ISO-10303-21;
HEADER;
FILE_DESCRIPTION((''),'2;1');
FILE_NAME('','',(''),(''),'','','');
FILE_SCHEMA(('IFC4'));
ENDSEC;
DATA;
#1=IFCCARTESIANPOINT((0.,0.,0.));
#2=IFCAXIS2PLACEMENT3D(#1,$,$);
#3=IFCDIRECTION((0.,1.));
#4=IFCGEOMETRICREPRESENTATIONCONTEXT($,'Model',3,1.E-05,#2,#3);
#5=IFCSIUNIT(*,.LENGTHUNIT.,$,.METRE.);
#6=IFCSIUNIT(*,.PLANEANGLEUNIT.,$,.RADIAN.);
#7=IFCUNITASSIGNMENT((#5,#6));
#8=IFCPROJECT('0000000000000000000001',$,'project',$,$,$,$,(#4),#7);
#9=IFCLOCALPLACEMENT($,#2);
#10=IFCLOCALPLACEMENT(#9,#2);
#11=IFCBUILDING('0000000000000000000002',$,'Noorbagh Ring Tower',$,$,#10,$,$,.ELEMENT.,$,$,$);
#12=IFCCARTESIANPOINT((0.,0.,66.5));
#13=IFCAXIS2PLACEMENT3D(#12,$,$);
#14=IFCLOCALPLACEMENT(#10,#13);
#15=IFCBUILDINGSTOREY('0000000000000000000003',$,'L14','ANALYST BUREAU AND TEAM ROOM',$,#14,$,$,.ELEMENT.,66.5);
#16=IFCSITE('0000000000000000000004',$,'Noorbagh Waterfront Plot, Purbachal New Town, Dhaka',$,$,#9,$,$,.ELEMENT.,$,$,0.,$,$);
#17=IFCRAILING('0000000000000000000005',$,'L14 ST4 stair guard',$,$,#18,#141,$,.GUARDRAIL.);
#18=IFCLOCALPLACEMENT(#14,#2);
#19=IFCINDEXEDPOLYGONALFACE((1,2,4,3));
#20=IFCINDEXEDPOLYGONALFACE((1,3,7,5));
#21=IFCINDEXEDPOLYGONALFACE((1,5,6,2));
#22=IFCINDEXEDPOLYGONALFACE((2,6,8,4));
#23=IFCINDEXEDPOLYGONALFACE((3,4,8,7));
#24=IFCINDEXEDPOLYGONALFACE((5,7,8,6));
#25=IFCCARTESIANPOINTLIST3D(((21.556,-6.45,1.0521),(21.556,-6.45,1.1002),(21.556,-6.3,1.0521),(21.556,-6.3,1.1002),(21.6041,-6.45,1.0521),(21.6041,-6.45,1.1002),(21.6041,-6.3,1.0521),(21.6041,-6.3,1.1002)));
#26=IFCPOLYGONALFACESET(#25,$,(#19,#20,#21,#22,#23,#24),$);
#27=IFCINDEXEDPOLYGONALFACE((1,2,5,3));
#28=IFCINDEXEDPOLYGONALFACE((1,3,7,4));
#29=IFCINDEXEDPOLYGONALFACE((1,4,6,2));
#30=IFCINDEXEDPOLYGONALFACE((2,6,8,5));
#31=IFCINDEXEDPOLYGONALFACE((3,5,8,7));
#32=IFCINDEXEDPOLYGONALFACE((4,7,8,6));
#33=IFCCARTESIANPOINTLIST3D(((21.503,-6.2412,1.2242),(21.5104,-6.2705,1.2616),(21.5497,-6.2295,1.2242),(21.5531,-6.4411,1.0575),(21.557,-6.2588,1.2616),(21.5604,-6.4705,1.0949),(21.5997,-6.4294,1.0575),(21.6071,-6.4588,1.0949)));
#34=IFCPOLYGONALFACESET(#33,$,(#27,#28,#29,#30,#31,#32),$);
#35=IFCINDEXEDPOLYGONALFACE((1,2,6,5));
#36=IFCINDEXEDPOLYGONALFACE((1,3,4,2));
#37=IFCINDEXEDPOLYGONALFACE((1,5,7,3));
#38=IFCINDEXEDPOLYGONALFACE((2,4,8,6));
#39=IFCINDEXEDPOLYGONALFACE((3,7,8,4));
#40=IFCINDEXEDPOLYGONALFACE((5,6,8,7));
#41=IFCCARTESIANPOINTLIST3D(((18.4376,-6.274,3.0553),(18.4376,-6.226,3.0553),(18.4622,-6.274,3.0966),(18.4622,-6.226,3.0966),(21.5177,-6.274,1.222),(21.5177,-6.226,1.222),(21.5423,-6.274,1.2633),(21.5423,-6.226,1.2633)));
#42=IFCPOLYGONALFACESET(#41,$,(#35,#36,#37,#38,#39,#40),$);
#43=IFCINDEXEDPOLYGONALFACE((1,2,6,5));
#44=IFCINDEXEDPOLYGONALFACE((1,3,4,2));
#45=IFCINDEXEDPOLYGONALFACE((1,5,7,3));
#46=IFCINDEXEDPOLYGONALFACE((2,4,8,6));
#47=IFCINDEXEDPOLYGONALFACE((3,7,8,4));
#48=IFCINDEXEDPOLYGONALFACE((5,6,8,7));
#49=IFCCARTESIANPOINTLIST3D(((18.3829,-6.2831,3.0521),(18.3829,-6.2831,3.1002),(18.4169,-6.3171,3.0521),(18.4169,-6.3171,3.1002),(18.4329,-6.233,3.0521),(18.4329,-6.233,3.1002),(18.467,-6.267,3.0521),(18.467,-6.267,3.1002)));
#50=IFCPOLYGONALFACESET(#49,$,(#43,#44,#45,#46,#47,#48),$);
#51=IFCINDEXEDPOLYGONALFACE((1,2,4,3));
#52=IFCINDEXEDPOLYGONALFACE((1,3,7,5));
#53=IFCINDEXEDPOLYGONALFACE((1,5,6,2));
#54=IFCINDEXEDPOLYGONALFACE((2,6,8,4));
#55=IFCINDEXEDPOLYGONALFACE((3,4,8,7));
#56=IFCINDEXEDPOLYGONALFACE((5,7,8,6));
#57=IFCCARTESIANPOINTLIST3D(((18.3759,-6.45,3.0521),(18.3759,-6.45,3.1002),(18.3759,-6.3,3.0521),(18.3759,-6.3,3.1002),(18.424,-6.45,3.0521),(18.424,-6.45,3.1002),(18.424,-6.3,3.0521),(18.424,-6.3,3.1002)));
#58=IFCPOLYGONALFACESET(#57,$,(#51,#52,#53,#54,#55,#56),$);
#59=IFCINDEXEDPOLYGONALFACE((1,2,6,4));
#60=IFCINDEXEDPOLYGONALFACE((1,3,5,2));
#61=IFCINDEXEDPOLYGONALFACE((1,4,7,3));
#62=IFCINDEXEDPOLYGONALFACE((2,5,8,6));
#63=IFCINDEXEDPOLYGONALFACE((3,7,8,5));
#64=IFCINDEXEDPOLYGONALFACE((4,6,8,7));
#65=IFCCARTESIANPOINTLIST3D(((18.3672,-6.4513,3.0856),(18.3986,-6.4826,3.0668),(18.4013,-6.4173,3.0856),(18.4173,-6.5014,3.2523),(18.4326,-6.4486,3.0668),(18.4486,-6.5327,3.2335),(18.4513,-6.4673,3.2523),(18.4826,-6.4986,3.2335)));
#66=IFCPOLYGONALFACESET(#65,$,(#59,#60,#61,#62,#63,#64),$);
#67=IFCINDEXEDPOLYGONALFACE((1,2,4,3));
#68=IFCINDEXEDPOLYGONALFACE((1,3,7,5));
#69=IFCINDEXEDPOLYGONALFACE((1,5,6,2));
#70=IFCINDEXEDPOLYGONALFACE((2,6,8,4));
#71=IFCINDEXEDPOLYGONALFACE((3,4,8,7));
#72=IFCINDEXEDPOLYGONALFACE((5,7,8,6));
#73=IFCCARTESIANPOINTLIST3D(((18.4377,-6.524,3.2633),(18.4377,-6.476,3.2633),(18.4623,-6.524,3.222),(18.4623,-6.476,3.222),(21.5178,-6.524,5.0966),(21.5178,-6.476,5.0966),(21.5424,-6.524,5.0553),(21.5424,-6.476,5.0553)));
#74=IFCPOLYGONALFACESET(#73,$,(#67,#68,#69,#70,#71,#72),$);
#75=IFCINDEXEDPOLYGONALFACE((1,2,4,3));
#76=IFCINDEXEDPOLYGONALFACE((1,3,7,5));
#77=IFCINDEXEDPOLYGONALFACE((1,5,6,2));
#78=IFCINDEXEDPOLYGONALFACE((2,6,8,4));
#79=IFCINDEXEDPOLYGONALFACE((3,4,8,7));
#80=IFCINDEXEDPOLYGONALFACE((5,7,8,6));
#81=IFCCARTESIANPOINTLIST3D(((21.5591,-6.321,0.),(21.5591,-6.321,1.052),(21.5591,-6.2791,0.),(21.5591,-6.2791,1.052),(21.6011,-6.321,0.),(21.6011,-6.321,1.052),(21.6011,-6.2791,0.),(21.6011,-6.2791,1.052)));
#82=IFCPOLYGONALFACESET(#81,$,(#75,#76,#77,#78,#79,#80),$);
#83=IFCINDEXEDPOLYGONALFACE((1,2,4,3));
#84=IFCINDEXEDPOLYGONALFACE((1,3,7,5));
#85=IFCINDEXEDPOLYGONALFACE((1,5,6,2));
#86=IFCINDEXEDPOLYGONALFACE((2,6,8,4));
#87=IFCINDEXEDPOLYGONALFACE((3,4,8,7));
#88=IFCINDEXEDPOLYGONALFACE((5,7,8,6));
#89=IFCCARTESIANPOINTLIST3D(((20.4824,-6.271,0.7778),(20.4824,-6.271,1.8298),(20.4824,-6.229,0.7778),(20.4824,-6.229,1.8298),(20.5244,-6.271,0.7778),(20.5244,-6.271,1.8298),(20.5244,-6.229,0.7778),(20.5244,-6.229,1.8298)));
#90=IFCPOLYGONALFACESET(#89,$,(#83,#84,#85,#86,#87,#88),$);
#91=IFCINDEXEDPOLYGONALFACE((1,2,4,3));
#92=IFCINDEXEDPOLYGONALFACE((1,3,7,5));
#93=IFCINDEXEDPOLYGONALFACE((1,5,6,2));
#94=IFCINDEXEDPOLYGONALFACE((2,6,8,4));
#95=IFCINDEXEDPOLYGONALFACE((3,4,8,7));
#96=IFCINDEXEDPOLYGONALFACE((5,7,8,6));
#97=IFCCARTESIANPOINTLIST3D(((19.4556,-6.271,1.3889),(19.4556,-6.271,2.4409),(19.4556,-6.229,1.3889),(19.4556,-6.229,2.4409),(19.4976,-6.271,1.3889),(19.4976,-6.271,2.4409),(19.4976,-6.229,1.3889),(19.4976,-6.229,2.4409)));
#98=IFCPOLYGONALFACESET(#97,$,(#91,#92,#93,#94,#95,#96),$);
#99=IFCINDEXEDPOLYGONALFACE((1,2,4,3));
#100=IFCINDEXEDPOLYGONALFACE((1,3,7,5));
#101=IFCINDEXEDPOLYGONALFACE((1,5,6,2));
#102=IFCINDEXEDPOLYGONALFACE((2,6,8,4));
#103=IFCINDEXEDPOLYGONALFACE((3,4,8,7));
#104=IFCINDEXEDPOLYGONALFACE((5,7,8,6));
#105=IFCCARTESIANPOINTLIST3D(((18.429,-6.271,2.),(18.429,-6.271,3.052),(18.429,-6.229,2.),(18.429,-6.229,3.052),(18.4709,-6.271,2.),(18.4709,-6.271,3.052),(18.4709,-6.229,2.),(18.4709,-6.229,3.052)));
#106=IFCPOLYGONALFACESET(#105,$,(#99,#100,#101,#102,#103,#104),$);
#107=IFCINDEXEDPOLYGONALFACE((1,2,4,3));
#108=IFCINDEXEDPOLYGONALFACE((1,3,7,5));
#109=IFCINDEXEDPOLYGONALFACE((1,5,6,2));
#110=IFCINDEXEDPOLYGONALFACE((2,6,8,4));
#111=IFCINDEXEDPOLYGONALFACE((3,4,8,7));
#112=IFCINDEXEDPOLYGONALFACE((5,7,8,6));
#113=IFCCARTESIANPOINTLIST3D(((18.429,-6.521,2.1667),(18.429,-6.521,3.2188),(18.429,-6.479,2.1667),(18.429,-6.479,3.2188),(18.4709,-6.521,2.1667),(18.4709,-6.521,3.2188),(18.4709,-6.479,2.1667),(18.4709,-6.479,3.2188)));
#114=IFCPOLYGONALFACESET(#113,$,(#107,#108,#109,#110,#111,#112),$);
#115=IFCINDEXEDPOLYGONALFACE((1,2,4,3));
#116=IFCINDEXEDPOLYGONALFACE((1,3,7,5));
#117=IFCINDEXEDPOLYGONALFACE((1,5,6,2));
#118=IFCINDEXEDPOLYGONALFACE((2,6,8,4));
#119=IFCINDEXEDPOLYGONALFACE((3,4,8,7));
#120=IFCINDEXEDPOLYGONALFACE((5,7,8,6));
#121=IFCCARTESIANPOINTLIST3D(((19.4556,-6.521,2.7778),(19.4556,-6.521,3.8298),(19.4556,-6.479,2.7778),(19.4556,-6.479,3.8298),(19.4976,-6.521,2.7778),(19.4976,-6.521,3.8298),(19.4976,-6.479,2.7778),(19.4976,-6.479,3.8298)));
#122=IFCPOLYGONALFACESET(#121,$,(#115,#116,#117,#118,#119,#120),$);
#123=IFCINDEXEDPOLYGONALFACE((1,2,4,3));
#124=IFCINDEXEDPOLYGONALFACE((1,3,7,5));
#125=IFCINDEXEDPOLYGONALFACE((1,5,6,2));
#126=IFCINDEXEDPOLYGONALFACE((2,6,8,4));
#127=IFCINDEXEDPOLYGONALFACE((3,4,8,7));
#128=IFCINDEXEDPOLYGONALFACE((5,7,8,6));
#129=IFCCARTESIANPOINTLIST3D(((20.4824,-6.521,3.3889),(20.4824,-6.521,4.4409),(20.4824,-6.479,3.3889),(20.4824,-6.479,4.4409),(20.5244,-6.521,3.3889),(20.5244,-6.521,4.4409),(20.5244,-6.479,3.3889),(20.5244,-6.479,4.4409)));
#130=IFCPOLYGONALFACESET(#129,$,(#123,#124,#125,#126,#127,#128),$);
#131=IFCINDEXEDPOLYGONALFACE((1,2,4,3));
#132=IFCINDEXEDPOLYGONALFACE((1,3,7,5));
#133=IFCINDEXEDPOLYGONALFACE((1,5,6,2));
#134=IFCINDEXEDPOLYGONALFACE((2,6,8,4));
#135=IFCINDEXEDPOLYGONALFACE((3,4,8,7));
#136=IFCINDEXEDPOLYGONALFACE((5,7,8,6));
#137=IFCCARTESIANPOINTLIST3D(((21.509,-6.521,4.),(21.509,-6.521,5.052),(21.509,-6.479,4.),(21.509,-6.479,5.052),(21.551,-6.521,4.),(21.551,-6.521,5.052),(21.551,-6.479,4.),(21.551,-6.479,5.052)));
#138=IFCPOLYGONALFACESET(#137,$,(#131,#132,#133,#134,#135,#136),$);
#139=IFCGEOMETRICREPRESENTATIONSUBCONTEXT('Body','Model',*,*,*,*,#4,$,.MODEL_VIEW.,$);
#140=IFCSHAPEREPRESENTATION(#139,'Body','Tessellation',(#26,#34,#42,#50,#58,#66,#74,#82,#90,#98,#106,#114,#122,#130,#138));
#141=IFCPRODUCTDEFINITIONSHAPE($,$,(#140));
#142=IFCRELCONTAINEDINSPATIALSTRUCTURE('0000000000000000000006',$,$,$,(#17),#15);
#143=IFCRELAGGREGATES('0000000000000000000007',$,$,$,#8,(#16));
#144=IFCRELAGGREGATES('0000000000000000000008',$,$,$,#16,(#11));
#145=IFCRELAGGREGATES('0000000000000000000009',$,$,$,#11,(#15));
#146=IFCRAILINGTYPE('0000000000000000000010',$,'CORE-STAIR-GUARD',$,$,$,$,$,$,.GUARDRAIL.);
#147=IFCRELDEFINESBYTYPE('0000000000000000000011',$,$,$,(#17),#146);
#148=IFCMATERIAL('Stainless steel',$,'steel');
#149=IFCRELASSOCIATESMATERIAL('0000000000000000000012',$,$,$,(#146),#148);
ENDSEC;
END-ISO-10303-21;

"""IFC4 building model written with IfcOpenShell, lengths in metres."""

from ifc_helpers import new_model, si_unit, direction, frame, origin, origin_2d, place, context, subcontext, project, spatial, rectangle, extrude, material, type_object, element, save


model = new_model("IFC4")

# Units and contexts
model_context = context("Model", 3, precision=1e-05, world=origin(), true_north=direction((0.0, 1.0)))
body_context = subcontext(model_context, "Body", "Model", "MODEL_VIEW")
ifc_project = project(units=[si_unit("LENGTHUNIT", "METRE"), si_unit("PLANEANGLEUNIT", "RADIAN")], contexts=[model_context])

# Site, building, storey
site_placement = place(None, origin())
site = spatial("IfcSite", under=ifc_project, at=site_placement, Name="Noorbagh Waterfront Plot, Purbachal New Town, Dhaka", CompositionType="ELEMENT", RefElevation=0.0)
building_placement = place(site_placement, origin())
building = spatial("IfcBuilding", under=site, at=building_placement, Name="Noorbagh Ring Tower", CompositionType="ELEMENT")
storey_placement = place(building_placement, frame((0.0, 0.0, 66.5)))
storey = spatial("IfcBuildingStorey", under=building, at=storey_placement, Name="L14", Description="ANALYST BUREAU AND TEAM ROOM", CompositionType="ELEMENT", Elevation=66.5)

# Railing
ifc_material_1 = material(Name="Stainless steel", Category="steel")
railing_type_1 = type_object("IfcRailingType", Name="CORE-STAIR-GUARD", PredefinedType="GUARDRAIL", material=ifc_material_1)
railing_1_placement = place(storey_placement, frame((21.5801, -6.3, 0.0)))
element("IfcRailing", 1, at=railing_1_placement, inside=storey, type_object=railing_type_1, Name="L14 ST4 stair guard", PredefinedType="GUARDRAIL", context=body_context, shape_type="SweptSolid", body=[
    extrude(rectangle(XDim=0.0481, YDim=0.0481, at=origin_2d()), frame((0.0, 0.0, 1.0762), z_axis=(0.0, -1.0, 0.0), x_axis=(1.0, 0.0, 0.0)), (0.0, 0.0, 1.0), 0.1499),
    extrude(rectangle(XDim=0.0481, YDim=0.0481, at=origin_2d()), frame((0.0, -0.1499, 1.0762), z_axis=(-0.188776, 0.754182, 0.628946), x_axis=(-0.970073, -0.242814, 0.0)), (0.0, 0.0, 1.0), 0.2651),
    extrude(rectangle(XDim=0.0481, YDim=0.0481, at=origin_2d()), frame((-0.05, 0.05, 1.2427), z_axis=(-0.859309, 0.0, 0.511458), x_axis=(0.0, -1.0, 0.0)), (0.0, 0.0, 1.0), 3.5845),
    extrude(rectangle(XDim=0.0481, YDim=0.0481, at=origin_2d()), frame((-3.1301, 0.05, 3.0762), z_axis=(-0.707107, -0.707107, 0.0), x_axis=(0.707107, -0.707107, 0.0)), (0.0, 0.0, 1.0), 0.0708),
    extrude(rectangle(XDim=0.0481, YDim=0.0481, at=origin_2d()), frame((-3.1802, 0.0, 3.0762), z_axis=(0.0, -1.0, 0.0), x_axis=(1.0, 0.0, 0.0)), (0.0, 0.0, 1.0), 0.1499),
    extrude(rectangle(XDim=0.0481, YDim=0.0481, at=origin_2d()), frame((-3.1802, -0.1499, 3.0762), z_axis=(0.276287, -0.276287, 0.920506), x_axis=(0.707107, 0.707107, 0.0)), (0.0, 0.0, 1.0), 0.1812),
    extrude(rectangle(XDim=0.0481, YDim=0.0481, at=origin_2d()), frame((-3.1301, -0.2, 3.2427), z_axis=(0.859309, 0.0, 0.511458), x_axis=(0.0, 1.0, 0.0)), (0.0, 0.0, 1.0), 3.5845),
    extrude(rectangle(XDim=0.042, YDim=0.042, at=origin_2d()), origin(), (0.0, 0.0, 1.0), 1.052),
    extrude(rectangle(XDim=0.042, YDim=0.042, at=origin_2d()), frame((-1.0767, 0.05, 0.7778)), (0.0, 0.0, 1.0), 1.052),
    extrude(rectangle(XDim=0.042, YDim=0.042, at=origin_2d()), frame((-2.1035, 0.05, 1.3889)), (0.0, 0.0, 1.0), 1.052),
    extrude(rectangle(XDim=0.042, YDim=0.042, at=origin_2d()), frame((-3.1301, 0.05, 2.0)), (0.0, 0.0, 1.0), 1.052),
    extrude(rectangle(XDim=0.042, YDim=0.042, at=origin_2d()), frame((-3.1301, -0.2, 2.1667)), (0.0, 0.0, 1.0), 1.052),
    extrude(rectangle(XDim=0.042, YDim=0.042, at=origin_2d()), frame((-2.1035, -0.2, 2.7778)), (0.0, 0.0, 1.0), 1.052),
    extrude(rectangle(XDim=0.042, YDim=0.042, at=origin_2d()), frame((-1.0767, -0.2, 3.3889)), (0.0, 0.0, 1.0), 1.052),
    extrude(rectangle(XDim=0.042, YDim=0.042, at=origin_2d()), frame((-0.05, -0.2, 4.0)), (0.0, 0.0, 1.0), 1.052),
])

save(model, "model.ifc")
